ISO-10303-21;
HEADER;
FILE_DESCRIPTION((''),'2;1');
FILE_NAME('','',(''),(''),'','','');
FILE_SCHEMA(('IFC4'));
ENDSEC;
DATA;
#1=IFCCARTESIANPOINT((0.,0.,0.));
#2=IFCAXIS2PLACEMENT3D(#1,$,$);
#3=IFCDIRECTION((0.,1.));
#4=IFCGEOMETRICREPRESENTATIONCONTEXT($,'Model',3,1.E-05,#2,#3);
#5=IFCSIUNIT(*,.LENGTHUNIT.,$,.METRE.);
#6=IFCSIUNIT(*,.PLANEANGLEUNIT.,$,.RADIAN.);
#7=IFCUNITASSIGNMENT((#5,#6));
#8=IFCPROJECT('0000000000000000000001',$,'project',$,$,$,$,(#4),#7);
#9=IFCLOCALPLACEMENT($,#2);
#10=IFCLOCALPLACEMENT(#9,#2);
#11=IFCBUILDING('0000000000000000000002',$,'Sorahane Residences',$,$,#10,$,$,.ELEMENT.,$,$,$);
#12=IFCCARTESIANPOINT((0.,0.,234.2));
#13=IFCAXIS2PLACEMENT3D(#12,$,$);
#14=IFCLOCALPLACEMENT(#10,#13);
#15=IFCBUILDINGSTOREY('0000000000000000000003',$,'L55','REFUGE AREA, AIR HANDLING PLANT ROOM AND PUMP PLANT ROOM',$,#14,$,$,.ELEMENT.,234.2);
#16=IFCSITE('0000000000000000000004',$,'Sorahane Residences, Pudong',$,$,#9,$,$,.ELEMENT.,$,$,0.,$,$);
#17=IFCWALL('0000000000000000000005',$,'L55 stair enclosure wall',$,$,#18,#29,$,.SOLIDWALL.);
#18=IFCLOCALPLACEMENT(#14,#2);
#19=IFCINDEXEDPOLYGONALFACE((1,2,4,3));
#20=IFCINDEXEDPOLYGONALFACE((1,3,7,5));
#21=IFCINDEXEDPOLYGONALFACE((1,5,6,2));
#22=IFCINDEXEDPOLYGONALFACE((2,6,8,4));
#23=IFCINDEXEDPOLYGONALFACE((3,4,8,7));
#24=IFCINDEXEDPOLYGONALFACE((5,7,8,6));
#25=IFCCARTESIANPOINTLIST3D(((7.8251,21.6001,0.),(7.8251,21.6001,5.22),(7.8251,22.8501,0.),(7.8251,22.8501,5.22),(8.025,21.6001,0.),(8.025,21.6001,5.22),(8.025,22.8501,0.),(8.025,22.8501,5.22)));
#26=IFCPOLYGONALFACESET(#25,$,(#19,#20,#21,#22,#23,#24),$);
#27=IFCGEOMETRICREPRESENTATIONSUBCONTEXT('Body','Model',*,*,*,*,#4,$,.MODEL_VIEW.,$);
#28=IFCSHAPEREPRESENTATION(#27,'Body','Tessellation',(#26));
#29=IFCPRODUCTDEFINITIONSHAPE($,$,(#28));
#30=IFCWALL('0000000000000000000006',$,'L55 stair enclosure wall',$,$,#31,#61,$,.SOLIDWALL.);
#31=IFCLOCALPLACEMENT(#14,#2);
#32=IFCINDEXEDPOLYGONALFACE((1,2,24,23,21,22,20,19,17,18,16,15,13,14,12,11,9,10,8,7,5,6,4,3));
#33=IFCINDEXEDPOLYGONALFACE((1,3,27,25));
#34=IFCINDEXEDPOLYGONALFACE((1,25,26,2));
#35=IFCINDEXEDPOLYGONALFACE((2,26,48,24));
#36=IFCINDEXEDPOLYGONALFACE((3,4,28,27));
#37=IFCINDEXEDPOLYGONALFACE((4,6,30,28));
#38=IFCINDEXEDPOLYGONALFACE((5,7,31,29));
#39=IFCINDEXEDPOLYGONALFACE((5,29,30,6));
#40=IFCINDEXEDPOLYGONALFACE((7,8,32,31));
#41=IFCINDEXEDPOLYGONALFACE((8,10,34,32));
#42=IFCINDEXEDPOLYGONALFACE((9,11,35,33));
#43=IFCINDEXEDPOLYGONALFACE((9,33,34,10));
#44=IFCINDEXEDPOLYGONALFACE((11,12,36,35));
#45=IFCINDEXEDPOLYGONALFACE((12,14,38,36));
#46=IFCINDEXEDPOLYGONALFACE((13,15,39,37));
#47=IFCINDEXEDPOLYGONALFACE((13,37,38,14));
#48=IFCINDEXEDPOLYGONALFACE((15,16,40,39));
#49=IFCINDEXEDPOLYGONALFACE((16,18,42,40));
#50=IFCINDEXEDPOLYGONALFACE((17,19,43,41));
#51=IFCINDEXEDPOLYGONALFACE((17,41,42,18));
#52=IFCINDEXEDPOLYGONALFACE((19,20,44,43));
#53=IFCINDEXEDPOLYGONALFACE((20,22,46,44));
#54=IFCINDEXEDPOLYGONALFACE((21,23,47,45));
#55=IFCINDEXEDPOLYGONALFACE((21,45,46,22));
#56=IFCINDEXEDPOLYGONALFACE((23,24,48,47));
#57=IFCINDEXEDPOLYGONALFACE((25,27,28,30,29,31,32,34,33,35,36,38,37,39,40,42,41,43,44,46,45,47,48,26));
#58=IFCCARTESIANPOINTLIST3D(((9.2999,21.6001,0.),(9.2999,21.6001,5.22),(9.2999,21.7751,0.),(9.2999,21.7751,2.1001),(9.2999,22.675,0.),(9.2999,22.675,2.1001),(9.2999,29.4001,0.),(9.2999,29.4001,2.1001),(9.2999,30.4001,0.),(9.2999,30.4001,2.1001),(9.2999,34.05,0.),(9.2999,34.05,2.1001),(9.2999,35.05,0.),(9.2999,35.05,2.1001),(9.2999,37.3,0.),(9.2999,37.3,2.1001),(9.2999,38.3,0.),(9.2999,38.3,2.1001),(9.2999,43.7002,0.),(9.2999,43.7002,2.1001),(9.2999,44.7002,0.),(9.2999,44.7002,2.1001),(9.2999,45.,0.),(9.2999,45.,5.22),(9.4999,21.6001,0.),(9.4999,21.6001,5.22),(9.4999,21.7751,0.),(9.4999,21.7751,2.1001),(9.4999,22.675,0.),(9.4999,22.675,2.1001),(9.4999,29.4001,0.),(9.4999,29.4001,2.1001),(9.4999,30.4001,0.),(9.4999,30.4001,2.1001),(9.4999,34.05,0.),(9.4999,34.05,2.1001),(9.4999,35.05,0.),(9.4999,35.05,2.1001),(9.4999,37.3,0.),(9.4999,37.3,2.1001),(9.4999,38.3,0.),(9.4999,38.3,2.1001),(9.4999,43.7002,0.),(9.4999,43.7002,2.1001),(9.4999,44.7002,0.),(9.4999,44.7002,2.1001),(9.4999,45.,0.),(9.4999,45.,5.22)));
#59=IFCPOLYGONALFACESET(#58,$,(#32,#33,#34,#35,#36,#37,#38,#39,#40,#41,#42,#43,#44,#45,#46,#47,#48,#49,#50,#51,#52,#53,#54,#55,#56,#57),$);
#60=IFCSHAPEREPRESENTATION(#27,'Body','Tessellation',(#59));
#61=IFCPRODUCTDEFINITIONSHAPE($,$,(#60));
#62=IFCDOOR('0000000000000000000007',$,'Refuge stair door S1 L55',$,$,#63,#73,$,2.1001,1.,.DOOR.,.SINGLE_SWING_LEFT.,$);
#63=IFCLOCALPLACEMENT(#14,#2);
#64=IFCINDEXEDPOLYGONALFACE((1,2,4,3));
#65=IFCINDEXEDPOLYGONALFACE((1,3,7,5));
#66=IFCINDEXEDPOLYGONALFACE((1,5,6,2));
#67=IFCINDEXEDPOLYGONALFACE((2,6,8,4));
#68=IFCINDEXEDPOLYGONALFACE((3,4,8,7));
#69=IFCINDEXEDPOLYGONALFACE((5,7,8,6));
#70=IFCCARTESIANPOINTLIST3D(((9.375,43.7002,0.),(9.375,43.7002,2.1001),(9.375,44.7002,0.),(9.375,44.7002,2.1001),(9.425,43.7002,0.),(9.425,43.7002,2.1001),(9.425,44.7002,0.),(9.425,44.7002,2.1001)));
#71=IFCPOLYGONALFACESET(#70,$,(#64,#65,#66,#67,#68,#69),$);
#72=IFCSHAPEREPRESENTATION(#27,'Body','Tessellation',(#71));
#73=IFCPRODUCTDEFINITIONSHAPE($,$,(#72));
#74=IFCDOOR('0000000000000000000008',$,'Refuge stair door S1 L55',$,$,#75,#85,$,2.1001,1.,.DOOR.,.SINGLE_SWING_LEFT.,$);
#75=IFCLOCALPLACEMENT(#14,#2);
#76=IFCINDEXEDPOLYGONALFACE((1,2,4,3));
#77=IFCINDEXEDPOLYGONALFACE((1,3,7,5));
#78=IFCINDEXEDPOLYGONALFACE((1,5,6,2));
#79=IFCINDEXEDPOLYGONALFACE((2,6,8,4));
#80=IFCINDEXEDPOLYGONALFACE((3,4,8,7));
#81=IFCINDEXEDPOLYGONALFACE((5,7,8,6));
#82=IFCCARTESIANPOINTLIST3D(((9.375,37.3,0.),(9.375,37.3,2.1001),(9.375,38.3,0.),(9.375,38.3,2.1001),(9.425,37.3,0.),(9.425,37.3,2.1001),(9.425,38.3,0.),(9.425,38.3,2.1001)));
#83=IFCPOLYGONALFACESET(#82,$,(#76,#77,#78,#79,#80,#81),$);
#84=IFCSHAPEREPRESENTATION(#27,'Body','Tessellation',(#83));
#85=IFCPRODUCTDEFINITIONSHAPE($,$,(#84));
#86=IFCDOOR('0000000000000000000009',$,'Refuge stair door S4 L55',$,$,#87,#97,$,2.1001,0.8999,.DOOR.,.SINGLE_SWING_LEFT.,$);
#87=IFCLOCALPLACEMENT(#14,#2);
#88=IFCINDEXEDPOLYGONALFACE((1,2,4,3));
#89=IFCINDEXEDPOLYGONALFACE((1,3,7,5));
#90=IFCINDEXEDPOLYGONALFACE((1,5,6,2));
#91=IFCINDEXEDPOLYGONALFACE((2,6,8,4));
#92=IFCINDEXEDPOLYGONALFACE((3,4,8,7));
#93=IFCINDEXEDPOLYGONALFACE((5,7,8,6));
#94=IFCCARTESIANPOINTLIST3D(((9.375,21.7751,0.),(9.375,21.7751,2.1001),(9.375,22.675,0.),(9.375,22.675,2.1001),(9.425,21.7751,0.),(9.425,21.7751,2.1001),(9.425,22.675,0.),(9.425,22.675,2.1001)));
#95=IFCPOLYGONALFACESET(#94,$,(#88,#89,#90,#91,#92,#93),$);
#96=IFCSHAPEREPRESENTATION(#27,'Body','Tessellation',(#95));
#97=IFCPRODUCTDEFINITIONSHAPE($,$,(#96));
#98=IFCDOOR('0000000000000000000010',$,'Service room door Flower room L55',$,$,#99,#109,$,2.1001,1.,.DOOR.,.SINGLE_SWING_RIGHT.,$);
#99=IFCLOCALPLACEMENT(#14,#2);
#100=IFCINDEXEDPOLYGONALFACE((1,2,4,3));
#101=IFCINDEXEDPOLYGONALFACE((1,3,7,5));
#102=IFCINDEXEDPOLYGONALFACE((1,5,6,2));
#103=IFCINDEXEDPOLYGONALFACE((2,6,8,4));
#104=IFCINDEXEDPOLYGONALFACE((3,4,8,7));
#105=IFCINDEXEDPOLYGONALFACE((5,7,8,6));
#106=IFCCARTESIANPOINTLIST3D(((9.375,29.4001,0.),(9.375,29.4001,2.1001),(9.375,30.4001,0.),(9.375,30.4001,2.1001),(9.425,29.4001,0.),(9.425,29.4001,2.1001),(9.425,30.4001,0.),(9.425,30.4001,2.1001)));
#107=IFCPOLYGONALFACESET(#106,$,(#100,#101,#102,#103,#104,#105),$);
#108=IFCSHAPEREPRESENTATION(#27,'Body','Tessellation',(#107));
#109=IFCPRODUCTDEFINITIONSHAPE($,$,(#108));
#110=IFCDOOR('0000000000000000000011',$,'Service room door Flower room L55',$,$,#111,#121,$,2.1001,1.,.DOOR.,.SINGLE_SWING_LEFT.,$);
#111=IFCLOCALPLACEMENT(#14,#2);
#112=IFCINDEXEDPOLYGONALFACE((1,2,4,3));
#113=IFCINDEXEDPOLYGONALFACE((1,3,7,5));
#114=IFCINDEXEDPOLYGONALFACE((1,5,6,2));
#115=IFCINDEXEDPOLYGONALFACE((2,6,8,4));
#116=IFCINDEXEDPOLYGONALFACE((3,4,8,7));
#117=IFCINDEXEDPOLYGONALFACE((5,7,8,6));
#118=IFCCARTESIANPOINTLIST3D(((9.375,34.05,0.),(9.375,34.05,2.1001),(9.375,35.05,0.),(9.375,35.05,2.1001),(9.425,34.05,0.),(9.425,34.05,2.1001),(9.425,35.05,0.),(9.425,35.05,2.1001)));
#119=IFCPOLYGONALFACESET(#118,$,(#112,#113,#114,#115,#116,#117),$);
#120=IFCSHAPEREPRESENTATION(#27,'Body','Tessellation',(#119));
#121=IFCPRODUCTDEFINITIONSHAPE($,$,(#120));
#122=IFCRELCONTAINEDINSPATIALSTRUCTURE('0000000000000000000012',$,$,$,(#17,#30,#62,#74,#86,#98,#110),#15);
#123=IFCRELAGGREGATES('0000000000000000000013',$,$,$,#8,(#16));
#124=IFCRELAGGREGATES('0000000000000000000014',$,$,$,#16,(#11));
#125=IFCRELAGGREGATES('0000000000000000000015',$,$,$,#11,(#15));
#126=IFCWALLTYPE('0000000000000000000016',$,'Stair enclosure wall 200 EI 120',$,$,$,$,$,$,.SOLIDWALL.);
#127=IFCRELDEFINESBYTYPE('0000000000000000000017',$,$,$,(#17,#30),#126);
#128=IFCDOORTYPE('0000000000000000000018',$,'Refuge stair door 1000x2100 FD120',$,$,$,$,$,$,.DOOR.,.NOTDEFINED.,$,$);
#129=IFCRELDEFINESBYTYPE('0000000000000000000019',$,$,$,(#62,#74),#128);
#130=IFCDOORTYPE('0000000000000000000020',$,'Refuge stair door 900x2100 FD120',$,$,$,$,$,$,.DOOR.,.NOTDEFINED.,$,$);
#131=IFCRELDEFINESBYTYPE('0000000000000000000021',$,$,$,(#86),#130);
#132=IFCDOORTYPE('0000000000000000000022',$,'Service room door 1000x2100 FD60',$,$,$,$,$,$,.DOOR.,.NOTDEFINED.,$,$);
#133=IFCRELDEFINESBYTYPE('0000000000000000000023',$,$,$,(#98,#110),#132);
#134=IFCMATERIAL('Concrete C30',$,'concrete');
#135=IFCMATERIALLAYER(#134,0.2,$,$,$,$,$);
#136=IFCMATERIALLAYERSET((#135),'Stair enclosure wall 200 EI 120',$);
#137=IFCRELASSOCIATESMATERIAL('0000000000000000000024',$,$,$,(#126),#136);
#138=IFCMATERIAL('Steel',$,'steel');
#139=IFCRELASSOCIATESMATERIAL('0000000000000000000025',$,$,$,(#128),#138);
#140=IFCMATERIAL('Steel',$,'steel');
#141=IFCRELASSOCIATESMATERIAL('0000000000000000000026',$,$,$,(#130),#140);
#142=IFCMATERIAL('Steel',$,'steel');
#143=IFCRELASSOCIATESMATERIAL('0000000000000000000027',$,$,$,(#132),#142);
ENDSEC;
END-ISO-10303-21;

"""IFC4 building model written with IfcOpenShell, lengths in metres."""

from ifc_helpers import new_model, si_unit, direction, frame, frame_2d, origin, place, context, subcontext, project, spatial, rectangle, extrude, material, layer, layer_set, type_object, element, fill, save


model = new_model("IFC4")

# Units and contexts
model_context = context("Model", 3, precision=1e-05, world=origin(), true_north=direction((0.0, 1.0)))
body_context = subcontext(model_context, "Body", "Model", "MODEL_VIEW")
ifc_project = project(units=[si_unit("LENGTHUNIT", "METRE"), si_unit("PLANEANGLEUNIT", "RADIAN")], contexts=[model_context])

# Site, building, storey
site_placement = place(None, origin())
site = spatial("IfcSite", under=ifc_project, at=site_placement, Name="Sorahane Residences, Pudong", CompositionType="ELEMENT", RefElevation=0.0)
building_placement = place(site_placement, origin())
building = spatial("IfcBuilding", under=site, at=building_placement, Name="Sorahane Residences", CompositionType="ELEMENT")
storey_placement = place(building_placement, frame((0.0, 0.0, 234.2)))
storey = spatial("IfcBuildingStorey", under=building, at=storey_placement, Name="L55", Description="REFUGE AREA, AIR HANDLING PLANT ROOM AND PUMP PLANT ROOM", CompositionType="ELEMENT", Elevation=234.2)

# Wall
ifc_material_1 = material(Name="Concrete C30", Category="concrete")
ifc_layer_1 = layer(ifc_material_1, 0.2)
ifc_layer_set_1 = layer_set([ifc_layer_1], Name="Stair enclosure wall 200 EI 120")
wall_type_1 = type_object("IfcWallType", Name="Stair enclosure wall 200 EI 120", PredefinedType="SOLIDWALL", material=ifc_layer_set_1)
wall_1_placement = place(storey_placement, frame((7.925, 21.6001, 0.0), z_axis=(0.0, 0.0, 1.0), x_axis=(0.0, 1.0, 0.0)))
element("IfcWall", 1, at=wall_1_placement, inside=storey, type_object=wall_type_1, Name="L55 stair enclosure wall", PredefinedType="SOLIDWALL", context=body_context, shape_type="SweptSolid", body=[
    extrude(rectangle(XDim=1.25, YDim=0.2, at=frame_2d((0.625, 0.0))), origin(), (0.0, 0.0, 1.0), 5.22),
])

# Wall, openings, doors
wall_2_placement = place(storey_placement, frame((9.3999, 21.6001, 0.0), z_axis=(0.0, 0.0, 1.0), x_axis=(0.0, 1.0, 0.0)))
wall_2 = element("IfcWall", 2, at=wall_2_placement, inside=storey, type_object=wall_type_1, Name="L55 stair enclosure wall", PredefinedType="SOLIDWALL", context=body_context, shape_type="SweptSolid", body=[
    extrude(rectangle(XDim=23.3999, YDim=0.2, at=frame_2d((11.7, 0.0))), origin(), (0.0, 0.0, 1.0), 5.22),
])
opening_1_placement = place(wall_2_placement, frame((7.8, 0.0, 0.0)))
opening_1 = element("IfcOpeningElement", 3, at=opening_1_placement, cuts=wall_2, PredefinedType="OPENING", context=body_context, shape_type="SweptSolid", body=[
    extrude(rectangle(XDim=1.0, YDim=2.1001, at=frame_2d((0.5, 1.05))), frame((0.0, 0.1099, 0.0), z_axis=(0.0, -1.0, 0.0), x_axis=(1.0, 0.0, 0.0)), (0.0, 0.0, 1.0), 0.22),
])
opening_2_placement = place(wall_2_placement, frame((12.45, 0.0, 0.0)))
opening_2 = element("IfcOpeningElement", 4, at=opening_2_placement, cuts=wall_2, PredefinedType="OPENING", context=body_context, shape_type="SweptSolid", body=[
    extrude(rectangle(XDim=1.0, YDim=2.1001, at=frame_2d((0.5, 1.05))), frame((0.0, 0.1099, 0.0), z_axis=(0.0, -1.0, 0.0), x_axis=(1.0, 0.0, 0.0)), (0.0, 0.0, 1.0), 0.22),
])
opening_3_placement = place(wall_2_placement, frame((22.1001, 0.0, 0.0)))
opening_3 = element("IfcOpeningElement", 5, at=opening_3_placement, cuts=wall_2, PredefinedType="OPENING", context=body_context, shape_type="SweptSolid", body=[
    extrude(rectangle(XDim=1.0, YDim=2.1001, at=frame_2d((0.5, 1.05))), frame((0.0, 0.1099, 0.0), z_axis=(0.0, -1.0, 0.0), x_axis=(1.0, 0.0, 0.0)), (0.0, 0.0, 1.0), 0.22),
])
opening_4_placement = place(wall_2_placement, frame((15.7, 0.0, 0.0)))
opening_4 = element("IfcOpeningElement", 6, at=opening_4_placement, cuts=wall_2, PredefinedType="OPENING", context=body_context, shape_type="SweptSolid", body=[
    extrude(rectangle(XDim=1.0, YDim=2.1001, at=frame_2d((0.5, 1.05))), frame((0.0, 0.1099, 0.0), z_axis=(0.0, -1.0, 0.0), x_axis=(1.0, 0.0, 0.0)), (0.0, 0.0, 1.0), 0.22),
])
opening_5_placement = place(wall_2_placement, frame((0.175, 0.0, 0.0)))
opening_5 = element("IfcOpeningElement", 7, at=opening_5_placement, cuts=wall_2, PredefinedType="OPENING", context=body_context, shape_type="SweptSolid", body=[
    extrude(rectangle(XDim=0.8999, YDim=2.1001, at=frame_2d((0.45, 1.05))), frame((0.0, 0.1099, 0.0), z_axis=(0.0, -1.0, 0.0), x_axis=(1.0, 0.0, 0.0)), (0.0, 0.0, 1.0), 0.22),
])
ifc_material_2 = material(Name="Steel", Category="steel")
door_type_1 = type_object("IfcDoorType", Name="Refuge stair door 1000x2100 FD120", OperationType="NOTDEFINED", PredefinedType="DOOR", material=ifc_material_2)
door_1_placement = place(opening_3_placement, origin())
door_1 = element("IfcDoor", 8, at=door_1_placement, inside=storey, type_object=door_type_1, Name="Refuge stair door S1 L55", OperationType="SINGLE_SWING_LEFT", OverallHeight=2.1001, OverallWidth=1.0, PredefinedType="DOOR", context=body_context, shape_type="SweptSolid", body=[
    extrude(rectangle(XDim=1.0, YDim=2.1001, at=frame_2d((0.5, 1.05))), frame((0.0, 0.0249, 0.0), z_axis=(0.0, -1.0, 0.0), x_axis=(1.0, 0.0, 0.0)), (0.0, 0.0, 1.0), 0.05),
])
fill(opening_3, door_1)
door_2_placement = place(opening_4_placement, origin())
door_2 = element("IfcDoor", 9, at=door_2_placement, inside=storey, type_object=door_type_1, Name="Refuge stair door S1 L55", OperationType="SINGLE_SWING_LEFT", OverallHeight=2.1001, OverallWidth=1.0, PredefinedType="DOOR", context=body_context, shape_type="SweptSolid", body=[
    extrude(rectangle(XDim=1.0, YDim=2.1001, at=frame_2d((0.5, 1.05))), frame((0.0, 0.0249, 0.0), z_axis=(0.0, -1.0, 0.0), x_axis=(1.0, 0.0, 0.0)), (0.0, 0.0, 1.0), 0.05),
])
fill(opening_4, door_2)
ifc_material_3 = material(Name="Steel", Category="steel")
door_type_2 = type_object("IfcDoorType", Name="Refuge stair door 900x2100 FD120", OperationType="NOTDEFINED", PredefinedType="DOOR", material=ifc_material_3)
door_3_placement = place(opening_5_placement, origin())
door_3 = element("IfcDoor", 10, at=door_3_placement, inside=storey, type_object=door_type_2, Name="Refuge stair door S4 L55", OperationType="SINGLE_SWING_LEFT", OverallHeight=2.1001, OverallWidth=0.8999, PredefinedType="DOOR", context=body_context, shape_type="SweptSolid", body=[
    extrude(rectangle(XDim=0.8999, YDim=2.1001, at=frame_2d((0.45, 1.05))), frame((0.0, 0.0249, 0.0), z_axis=(0.0, -1.0, 0.0), x_axis=(1.0, 0.0, 0.0)), (0.0, 0.0, 1.0), 0.05),
])
fill(opening_5, door_3)
ifc_material_4 = material(Name="Steel", Category="steel")
door_type_3 = type_object("IfcDoorType", Name="Service room door 1000x2100 FD60", OperationType="NOTDEFINED", PredefinedType="DOOR", material=ifc_material_4)
door_4_placement = place(opening_1_placement, origin())
door_4 = element("IfcDoor", 11, at=door_4_placement, inside=storey, type_object=door_type_3, Name="Service room door Flower room L55", OperationType="SINGLE_SWING_RIGHT", OverallHeight=2.1001, OverallWidth=1.0, PredefinedType="DOOR", context=body_context, shape_type="SweptSolid", body=[
    extrude(rectangle(XDim=1.0, YDim=2.1001, at=frame_2d((0.5, 1.05))), frame((0.0, 0.0249, 0.0), z_axis=(0.0, -1.0, 0.0), x_axis=(1.0, 0.0, 0.0)), (0.0, 0.0, 1.0), 0.05),
])
fill(opening_1, door_4)
door_5_placement = place(opening_2_placement, origin())
door_5 = element("IfcDoor", 12, at=door_5_placement, inside=storey, type_object=door_type_3, Name="Service room door Flower room L55", OperationType="SINGLE_SWING_LEFT", OverallHeight=2.1001, OverallWidth=1.0, PredefinedType="DOOR", context=body_context, shape_type="SweptSolid", body=[
    extrude(rectangle(XDim=1.0, YDim=2.1001, at=frame_2d((0.5, 1.05))), frame((0.0, 0.0249, 0.0), z_axis=(0.0, -1.0, 0.0), x_axis=(1.0, 0.0, 0.0)), (0.0, 0.0, 1.0), 0.05),
])
fill(opening_2, door_5)

save(model, "model.ifc")
